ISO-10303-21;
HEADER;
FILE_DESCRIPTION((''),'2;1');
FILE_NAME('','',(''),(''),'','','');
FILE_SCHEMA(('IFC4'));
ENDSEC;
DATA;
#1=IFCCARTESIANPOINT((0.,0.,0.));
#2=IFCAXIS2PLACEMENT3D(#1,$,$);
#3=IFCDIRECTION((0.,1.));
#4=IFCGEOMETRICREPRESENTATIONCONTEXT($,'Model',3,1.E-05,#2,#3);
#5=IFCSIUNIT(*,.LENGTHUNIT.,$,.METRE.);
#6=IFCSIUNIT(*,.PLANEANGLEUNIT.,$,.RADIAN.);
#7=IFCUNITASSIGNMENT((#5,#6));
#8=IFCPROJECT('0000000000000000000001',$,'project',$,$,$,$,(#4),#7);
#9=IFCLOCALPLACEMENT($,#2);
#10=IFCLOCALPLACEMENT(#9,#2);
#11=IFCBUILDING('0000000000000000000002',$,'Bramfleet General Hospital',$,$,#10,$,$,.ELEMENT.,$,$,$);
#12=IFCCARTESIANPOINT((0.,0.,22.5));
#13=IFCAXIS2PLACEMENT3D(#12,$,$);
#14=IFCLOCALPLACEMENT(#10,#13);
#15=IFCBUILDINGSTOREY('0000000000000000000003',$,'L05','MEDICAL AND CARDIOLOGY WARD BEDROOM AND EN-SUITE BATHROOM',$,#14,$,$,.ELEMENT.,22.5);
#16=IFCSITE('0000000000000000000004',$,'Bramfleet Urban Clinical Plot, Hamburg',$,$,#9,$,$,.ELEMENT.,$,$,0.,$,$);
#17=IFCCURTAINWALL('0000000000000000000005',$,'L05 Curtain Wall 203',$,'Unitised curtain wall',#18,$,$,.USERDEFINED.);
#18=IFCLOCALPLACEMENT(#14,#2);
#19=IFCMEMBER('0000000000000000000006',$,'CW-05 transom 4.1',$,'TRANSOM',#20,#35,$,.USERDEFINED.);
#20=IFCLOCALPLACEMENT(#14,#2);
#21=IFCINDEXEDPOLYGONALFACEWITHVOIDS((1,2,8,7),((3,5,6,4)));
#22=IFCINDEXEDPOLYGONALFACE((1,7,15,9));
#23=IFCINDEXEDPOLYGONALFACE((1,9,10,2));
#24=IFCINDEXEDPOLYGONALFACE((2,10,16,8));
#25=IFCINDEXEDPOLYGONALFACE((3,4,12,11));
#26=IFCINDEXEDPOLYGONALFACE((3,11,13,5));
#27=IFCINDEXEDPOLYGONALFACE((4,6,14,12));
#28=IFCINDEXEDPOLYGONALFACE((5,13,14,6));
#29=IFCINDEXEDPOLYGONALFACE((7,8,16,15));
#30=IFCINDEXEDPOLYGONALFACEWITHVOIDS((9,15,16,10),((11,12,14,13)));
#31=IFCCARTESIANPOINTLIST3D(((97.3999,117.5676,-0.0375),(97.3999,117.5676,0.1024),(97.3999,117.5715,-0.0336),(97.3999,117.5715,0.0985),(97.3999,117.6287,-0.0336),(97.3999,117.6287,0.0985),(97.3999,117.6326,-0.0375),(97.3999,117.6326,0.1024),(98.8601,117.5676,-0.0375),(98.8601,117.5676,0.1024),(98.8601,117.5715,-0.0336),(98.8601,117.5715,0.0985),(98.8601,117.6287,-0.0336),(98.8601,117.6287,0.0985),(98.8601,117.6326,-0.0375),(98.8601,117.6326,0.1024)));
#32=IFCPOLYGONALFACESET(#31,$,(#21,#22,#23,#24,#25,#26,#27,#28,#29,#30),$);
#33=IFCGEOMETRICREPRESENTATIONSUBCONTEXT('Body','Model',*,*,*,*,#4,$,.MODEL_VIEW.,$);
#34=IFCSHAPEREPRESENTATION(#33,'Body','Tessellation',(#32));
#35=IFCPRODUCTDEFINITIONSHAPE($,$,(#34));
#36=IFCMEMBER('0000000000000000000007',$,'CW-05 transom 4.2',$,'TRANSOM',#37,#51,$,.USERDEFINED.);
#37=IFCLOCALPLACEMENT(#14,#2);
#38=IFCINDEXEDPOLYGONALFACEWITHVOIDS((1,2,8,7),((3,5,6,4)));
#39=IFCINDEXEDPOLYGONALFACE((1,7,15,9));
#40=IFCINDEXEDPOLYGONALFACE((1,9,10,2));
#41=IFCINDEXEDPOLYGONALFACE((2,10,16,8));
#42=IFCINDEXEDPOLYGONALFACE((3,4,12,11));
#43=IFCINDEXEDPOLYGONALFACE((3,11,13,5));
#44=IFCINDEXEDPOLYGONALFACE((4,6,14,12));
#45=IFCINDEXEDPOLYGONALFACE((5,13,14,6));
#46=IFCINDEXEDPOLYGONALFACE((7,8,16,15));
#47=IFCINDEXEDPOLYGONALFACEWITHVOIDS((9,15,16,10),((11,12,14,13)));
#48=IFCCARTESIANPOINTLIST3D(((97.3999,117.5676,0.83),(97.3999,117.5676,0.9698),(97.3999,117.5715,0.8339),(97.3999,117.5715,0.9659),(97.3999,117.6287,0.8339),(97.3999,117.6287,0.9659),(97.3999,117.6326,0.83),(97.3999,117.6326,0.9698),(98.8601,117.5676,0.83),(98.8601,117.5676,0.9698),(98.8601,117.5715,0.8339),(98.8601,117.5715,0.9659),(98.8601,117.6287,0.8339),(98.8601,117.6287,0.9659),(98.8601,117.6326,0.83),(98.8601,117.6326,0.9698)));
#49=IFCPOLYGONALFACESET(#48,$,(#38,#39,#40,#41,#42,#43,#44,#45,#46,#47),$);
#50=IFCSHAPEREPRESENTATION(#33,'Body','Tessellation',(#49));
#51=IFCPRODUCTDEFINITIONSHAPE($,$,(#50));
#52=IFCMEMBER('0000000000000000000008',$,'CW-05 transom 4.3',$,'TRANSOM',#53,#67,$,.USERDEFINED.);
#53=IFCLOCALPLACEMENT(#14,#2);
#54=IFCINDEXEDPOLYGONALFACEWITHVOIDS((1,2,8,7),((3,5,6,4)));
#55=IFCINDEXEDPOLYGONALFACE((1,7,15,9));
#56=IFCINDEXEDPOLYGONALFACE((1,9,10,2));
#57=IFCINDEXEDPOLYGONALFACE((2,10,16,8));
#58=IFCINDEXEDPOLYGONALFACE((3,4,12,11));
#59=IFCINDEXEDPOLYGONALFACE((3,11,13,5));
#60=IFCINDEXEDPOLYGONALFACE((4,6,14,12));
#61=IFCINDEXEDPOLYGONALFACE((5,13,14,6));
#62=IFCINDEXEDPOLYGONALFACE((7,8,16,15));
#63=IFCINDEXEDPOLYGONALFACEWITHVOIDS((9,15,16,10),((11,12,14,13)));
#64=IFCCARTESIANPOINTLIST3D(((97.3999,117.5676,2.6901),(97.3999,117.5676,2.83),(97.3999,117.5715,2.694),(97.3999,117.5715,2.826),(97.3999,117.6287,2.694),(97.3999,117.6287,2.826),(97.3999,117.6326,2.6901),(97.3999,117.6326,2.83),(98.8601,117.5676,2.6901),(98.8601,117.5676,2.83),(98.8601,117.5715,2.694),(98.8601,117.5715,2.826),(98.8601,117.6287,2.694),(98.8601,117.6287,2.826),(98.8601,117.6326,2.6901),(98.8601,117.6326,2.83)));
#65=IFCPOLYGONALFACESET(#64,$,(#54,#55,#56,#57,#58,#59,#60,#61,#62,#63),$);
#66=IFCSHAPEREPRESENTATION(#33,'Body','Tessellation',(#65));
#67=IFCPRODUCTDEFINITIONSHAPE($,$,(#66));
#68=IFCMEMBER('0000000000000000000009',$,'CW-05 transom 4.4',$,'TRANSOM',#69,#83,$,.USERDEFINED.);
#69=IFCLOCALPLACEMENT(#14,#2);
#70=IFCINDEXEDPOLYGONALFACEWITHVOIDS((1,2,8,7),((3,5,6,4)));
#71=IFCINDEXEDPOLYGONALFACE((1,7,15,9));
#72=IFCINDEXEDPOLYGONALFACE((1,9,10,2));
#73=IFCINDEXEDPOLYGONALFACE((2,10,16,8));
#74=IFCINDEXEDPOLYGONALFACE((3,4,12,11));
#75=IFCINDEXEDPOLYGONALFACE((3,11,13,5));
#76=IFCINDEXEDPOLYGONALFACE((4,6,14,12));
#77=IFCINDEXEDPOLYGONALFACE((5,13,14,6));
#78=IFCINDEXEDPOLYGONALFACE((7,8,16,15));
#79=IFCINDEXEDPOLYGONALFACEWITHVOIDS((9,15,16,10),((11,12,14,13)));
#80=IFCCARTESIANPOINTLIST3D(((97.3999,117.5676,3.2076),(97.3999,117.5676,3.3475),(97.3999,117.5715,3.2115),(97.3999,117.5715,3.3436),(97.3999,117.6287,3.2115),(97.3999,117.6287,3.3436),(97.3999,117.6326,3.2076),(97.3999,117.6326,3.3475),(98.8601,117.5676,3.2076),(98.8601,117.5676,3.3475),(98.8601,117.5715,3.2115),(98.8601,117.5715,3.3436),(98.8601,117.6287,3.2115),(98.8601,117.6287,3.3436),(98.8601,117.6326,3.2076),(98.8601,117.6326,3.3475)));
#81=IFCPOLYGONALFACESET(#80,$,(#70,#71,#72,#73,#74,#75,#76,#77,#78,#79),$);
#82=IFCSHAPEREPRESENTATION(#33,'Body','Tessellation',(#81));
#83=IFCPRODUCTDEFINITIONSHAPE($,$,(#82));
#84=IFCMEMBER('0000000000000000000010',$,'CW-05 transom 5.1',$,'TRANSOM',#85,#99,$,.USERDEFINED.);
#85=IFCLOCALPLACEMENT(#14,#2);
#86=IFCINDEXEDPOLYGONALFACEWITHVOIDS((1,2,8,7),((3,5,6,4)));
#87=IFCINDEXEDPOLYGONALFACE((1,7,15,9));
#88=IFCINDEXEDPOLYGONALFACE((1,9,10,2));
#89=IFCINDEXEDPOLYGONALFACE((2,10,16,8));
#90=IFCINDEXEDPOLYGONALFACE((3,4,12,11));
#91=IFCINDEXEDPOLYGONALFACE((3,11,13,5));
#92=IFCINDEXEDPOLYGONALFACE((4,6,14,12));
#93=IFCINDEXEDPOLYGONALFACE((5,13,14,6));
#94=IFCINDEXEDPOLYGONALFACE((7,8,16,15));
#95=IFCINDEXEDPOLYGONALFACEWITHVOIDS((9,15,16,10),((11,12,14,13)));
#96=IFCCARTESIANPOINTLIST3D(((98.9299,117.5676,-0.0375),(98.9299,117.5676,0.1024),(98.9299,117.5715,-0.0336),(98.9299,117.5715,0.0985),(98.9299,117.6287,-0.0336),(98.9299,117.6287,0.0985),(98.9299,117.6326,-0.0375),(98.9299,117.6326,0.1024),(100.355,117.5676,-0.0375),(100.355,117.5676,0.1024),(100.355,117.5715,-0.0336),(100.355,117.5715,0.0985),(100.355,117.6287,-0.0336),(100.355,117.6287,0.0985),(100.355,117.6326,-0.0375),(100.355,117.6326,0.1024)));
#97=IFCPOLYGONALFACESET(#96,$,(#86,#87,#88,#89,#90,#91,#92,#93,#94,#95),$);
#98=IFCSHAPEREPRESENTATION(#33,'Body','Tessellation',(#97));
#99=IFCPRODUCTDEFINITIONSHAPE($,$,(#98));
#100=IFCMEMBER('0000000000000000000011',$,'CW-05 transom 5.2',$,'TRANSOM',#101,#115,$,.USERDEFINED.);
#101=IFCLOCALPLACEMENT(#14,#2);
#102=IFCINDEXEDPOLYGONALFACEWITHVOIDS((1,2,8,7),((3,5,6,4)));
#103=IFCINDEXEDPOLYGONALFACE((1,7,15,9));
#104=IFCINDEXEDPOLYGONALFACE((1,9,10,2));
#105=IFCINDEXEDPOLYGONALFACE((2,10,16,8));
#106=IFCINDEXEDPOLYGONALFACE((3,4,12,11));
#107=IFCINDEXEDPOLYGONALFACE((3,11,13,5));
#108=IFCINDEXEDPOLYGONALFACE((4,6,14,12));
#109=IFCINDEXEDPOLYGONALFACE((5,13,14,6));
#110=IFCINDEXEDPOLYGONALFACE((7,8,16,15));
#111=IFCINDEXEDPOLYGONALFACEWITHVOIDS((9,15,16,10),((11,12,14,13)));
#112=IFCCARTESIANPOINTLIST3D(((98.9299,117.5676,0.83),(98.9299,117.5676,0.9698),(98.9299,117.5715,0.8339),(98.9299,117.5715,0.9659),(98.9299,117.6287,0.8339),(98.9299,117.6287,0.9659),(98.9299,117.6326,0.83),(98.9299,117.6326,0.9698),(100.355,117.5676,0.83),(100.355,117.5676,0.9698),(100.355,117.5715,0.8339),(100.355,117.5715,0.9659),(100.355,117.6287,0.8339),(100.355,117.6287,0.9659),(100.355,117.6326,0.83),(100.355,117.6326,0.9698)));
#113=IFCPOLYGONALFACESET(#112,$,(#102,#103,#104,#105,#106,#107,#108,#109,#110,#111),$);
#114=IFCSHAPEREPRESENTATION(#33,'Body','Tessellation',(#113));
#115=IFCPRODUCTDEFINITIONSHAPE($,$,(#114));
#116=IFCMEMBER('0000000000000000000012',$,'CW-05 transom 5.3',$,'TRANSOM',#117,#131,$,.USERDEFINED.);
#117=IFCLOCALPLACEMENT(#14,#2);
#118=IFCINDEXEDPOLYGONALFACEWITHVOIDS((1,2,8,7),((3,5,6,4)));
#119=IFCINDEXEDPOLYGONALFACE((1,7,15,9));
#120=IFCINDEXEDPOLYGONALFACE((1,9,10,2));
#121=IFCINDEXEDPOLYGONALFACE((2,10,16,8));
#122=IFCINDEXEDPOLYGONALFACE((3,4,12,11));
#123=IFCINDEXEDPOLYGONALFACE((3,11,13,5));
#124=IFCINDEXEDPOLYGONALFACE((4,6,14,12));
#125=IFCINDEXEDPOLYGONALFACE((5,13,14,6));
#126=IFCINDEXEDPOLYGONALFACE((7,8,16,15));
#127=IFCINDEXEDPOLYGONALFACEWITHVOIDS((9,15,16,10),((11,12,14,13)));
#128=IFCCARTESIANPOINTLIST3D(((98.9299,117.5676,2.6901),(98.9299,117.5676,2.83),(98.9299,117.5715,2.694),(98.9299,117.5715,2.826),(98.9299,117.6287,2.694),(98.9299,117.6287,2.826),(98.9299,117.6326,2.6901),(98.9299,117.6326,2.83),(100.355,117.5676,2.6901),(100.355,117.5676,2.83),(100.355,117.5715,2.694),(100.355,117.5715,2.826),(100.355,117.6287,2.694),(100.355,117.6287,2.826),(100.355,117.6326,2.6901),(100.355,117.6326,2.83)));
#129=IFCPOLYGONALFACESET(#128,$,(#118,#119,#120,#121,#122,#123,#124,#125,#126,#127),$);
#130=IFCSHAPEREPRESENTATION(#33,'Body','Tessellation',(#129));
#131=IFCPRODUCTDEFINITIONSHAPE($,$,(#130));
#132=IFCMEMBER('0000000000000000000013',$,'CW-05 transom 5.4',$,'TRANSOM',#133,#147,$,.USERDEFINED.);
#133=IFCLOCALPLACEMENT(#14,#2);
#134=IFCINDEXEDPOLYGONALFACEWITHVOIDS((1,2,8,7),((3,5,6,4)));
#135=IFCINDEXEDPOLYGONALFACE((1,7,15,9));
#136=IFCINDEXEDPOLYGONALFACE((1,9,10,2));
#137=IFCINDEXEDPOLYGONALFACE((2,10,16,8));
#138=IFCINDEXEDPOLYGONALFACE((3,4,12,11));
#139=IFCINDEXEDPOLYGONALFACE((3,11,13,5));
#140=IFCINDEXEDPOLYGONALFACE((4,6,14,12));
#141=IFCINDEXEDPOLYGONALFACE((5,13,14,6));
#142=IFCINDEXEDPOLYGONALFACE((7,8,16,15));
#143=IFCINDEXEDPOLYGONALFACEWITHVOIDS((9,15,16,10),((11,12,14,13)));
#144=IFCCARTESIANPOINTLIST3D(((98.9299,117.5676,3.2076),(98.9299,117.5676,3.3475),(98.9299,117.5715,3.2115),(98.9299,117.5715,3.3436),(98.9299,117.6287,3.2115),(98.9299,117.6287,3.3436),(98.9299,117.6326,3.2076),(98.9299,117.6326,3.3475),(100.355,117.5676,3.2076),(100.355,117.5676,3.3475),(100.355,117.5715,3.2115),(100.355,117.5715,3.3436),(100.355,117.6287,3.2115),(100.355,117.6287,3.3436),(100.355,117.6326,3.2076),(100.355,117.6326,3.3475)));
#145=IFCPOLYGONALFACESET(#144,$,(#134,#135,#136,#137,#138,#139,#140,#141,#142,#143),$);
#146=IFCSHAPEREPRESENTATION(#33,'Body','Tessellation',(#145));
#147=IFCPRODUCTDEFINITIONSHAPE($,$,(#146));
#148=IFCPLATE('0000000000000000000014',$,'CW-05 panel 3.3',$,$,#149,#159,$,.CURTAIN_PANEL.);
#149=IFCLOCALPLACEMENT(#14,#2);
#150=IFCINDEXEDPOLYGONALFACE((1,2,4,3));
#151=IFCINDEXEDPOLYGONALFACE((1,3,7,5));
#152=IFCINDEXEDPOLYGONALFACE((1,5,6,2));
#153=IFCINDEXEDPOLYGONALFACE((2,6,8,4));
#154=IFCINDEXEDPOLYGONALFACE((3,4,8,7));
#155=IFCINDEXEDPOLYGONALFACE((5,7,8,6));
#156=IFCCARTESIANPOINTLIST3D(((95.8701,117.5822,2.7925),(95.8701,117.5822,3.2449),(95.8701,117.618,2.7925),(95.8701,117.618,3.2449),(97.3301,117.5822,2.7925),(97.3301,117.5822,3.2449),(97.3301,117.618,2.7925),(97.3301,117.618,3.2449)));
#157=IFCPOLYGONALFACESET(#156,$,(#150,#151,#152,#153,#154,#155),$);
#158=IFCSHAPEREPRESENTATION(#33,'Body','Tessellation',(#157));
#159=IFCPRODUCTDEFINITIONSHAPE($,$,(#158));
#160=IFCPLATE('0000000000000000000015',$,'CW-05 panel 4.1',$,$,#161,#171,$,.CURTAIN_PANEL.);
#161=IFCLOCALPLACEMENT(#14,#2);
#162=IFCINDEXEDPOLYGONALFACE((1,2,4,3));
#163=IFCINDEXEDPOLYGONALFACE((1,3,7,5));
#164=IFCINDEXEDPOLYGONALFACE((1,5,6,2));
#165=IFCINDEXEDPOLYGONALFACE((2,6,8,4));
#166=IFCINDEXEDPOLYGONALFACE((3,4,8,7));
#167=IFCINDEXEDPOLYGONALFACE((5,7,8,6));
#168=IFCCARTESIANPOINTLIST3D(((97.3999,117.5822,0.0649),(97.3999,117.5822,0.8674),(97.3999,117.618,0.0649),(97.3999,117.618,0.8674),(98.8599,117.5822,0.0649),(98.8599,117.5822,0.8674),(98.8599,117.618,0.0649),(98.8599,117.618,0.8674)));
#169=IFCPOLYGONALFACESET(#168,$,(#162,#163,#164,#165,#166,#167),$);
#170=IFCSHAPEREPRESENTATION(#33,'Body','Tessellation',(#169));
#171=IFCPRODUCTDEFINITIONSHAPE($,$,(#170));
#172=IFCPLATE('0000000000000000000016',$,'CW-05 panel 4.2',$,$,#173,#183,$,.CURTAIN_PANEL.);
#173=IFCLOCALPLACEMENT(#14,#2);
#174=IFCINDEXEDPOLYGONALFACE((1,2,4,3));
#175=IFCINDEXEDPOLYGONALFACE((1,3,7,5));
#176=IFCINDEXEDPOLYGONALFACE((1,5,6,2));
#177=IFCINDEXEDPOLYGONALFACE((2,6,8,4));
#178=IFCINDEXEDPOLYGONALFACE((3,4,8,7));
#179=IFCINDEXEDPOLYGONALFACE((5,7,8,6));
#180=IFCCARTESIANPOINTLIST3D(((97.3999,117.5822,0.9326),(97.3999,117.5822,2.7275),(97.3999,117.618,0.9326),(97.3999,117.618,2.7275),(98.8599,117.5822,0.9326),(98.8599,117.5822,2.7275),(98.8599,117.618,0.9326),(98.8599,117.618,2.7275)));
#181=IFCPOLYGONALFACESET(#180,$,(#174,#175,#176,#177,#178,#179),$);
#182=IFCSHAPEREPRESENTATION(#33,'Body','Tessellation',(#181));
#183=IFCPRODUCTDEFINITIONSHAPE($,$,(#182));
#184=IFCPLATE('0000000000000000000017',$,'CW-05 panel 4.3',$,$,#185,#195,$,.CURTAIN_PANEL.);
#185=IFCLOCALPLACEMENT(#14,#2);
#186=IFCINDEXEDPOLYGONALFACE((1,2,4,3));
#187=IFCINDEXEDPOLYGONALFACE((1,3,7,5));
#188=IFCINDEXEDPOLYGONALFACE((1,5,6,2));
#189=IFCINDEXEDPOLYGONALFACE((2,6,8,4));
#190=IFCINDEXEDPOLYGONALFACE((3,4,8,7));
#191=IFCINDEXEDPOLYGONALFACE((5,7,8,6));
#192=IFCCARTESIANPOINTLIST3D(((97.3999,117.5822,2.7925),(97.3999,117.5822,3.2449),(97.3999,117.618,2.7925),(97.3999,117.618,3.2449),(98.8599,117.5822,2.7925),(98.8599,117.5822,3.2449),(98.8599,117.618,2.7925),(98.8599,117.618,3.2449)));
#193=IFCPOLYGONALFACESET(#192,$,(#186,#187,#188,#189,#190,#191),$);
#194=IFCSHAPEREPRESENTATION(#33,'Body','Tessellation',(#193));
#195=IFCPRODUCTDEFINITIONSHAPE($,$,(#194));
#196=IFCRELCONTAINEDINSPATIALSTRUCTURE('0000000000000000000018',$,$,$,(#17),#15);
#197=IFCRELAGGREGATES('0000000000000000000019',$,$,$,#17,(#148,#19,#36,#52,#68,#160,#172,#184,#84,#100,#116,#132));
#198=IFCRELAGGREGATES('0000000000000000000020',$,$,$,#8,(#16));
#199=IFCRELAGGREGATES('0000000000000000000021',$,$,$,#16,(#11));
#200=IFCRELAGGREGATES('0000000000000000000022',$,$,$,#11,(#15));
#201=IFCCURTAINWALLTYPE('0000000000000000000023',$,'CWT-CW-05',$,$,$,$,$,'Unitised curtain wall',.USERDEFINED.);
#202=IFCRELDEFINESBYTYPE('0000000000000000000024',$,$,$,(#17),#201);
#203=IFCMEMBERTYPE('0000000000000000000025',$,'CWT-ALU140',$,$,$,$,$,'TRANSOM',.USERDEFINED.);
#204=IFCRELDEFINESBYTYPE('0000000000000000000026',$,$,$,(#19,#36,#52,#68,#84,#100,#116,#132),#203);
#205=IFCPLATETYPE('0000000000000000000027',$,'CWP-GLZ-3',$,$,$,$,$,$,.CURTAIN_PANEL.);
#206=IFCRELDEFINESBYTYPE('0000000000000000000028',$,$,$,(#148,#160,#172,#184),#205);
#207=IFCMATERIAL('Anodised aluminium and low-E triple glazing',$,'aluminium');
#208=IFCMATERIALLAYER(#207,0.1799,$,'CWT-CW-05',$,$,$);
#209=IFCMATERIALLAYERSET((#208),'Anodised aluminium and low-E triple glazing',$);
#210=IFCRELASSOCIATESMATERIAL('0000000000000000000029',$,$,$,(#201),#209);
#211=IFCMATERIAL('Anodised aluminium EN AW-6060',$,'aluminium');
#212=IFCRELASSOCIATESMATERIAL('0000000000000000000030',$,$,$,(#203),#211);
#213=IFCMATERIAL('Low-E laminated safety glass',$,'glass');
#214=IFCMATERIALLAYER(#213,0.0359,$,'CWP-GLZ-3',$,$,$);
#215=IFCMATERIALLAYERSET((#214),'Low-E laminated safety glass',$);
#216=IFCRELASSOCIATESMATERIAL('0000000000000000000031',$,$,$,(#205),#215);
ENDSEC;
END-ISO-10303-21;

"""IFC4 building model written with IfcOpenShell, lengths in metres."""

from ifc_helpers import new_model, si_unit, direction, frame, origin, origin_2d, place, context, subcontext, project, spatial, rectangle, hollow_rectangle, extrude, material, layer, layer_set, material_profile, profile_set, type_object, element, aggregate, save


model = new_model("IFC4")

# Units and contexts
model_context = context("Model", 3, precision=1e-05, world=origin(), true_north=direction((0.0, 1.0)))
body_context = subcontext(model_context, "Body", "Model", "MODEL_VIEW")
ifc_project = project(units=[si_unit("LENGTHUNIT", "METRE"), si_unit("PLANEANGLEUNIT", "RADIAN")], contexts=[model_context])

# Site, building, storey
site_placement = place(None, origin())
site = spatial("IfcSite", under=ifc_project, at=site_placement, Name="Bramfleet Urban Clinical Plot, Hamburg", CompositionType="ELEMENT", RefElevation=0.0)
building_placement = place(site_placement, origin())
building = spatial("IfcBuilding", under=site, at=building_placement, Name="Bramfleet General Hospital", CompositionType="ELEMENT")
storey_placement = place(building_placement, frame((0.0, 0.0, 22.5)))
storey = spatial("IfcBuildingStorey", under=building, at=storey_placement, Name="L05", Description="MEDICAL AND CARDIOLOGY WARD BEDROOM AND EN-SUITE BATHROOM", CompositionType="ELEMENT", Elevation=22.5)

# Curtain wall, members, plates
ifc_material_1 = material(Name="Anodised aluminium and low-E triple glazing", Category="aluminium")
ifc_layer_1 = layer(ifc_material_1, 0.1799, Name="CWT-CW-05")
ifc_layer_set_1 = layer_set([ifc_layer_1], Name="Anodised aluminium and low-E triple glazing")
curtain_wall_type = type_object("IfcCurtainWallType", Name="CWT-CW-05", ElementType="Unitised curtain wall", PredefinedType="USERDEFINED", material=ifc_layer_set_1)
curtain_wall_placement = place(storey_placement, origin())
curtain_wall = element("IfcCurtainWall", 1, at=curtain_wall_placement, inside=storey, type_object=curtain_wall_type, Name="L05 Curtain Wall 203", ObjectType="Unitised curtain wall", PredefinedType="USERDEFINED")
ifc_material_2 = material(Name="Anodised aluminium EN AW-6060", Category="aluminium")
ifc_material_profile_1 = material_profile(ifc_material_2, hollow_rectangle(XDim=0.0649, YDim=0.1399, WallThickness=0.0039, at=origin_2d()), Name="ALU 140x65x4.0")
ifc_profile_set_1 = profile_set([ifc_material_profile_1], Name="Anodised aluminium EN AW-6060")
member_type_1 = type_object("IfcMemberType", Name="CWT-ALU140", ElementType="TRANSOM", PredefinedType="USERDEFINED", material=ifc_profile_set_1)
member_1_placement = place(storey_placement, frame((97.3999, 117.6001, 0.0325), z_axis=(1.0, 0.0, 0.0), x_axis=(0.0, 1.0, 0.0)))
member_1 = element("IfcMember", 2, at=member_1_placement, type_object=member_type_1, Name="CW-05 transom 4.1", ObjectType="TRANSOM", PredefinedType="USERDEFINED", context=body_context, shape_type="SweptSolid", body=[
    extrude(hollow_rectangle(XDim=0.0649, YDim=0.1399, WallThickness=0.0039, at=origin_2d()), origin(), (0.0, 0.0, 1.0), 1.4602),
])
member_2_placement = place(storey_placement, frame((97.3999, 117.6001, 0.8999), z_axis=(1.0, 0.0, 0.0), x_axis=(0.0, 1.0, 0.0)))
member_2 = element("IfcMember", 3, at=member_2_placement, type_object=member_type_1, Name="CW-05 transom 4.2", ObjectType="TRANSOM", PredefinedType="USERDEFINED", context=body_context, shape_type="SweptSolid", body=[
    extrude(hollow_rectangle(XDim=0.0649, YDim=0.1399, WallThickness=0.0039, at=origin_2d()), origin(), (0.0, 0.0, 1.0), 1.4602),
])
member_3_placement = place(storey_placement, frame((97.3999, 117.6001, 2.76), z_axis=(1.0, 0.0, 0.0), x_axis=(0.0, 1.0, 0.0)))
member_3 = element("IfcMember", 4, at=member_3_placement, type_object=member_type_1, Name="CW-05 transom 4.3", ObjectType="TRANSOM", PredefinedType="USERDEFINED", context=body_context, shape_type="SweptSolid", body=[
    extrude(hollow_rectangle(XDim=0.0649, YDim=0.1399, WallThickness=0.0039, at=origin_2d()), origin(), (0.0, 0.0, 1.0), 1.4602),
])
member_4_placement = place(storey_placement, frame((97.3999, 117.6001, 3.2776), z_axis=(1.0, 0.0, 0.0), x_axis=(0.0, 1.0, 0.0)))
member_4 = element("IfcMember", 5, at=member_4_placement, type_object=member_type_1, Name="CW-05 transom 4.4", ObjectType="TRANSOM", PredefinedType="USERDEFINED", context=body_context, shape_type="SweptSolid", body=[
    extrude(hollow_rectangle(XDim=0.0649, YDim=0.1399, WallThickness=0.0039, at=origin_2d()), origin(), (0.0, 0.0, 1.0), 1.4602),
])
member_5_placement = place(storey_placement, frame((98.9299, 117.6001, 0.0325), z_axis=(1.0, 0.0, 0.0), x_axis=(0.0, 1.0, 0.0)))
member_5 = element("IfcMember", 6, at=member_5_placement, type_object=member_type_1, Name="CW-05 transom 5.1", ObjectType="TRANSOM", PredefinedType="USERDEFINED", context=body_context, shape_type="SweptSolid", body=[
    extrude(hollow_rectangle(XDim=0.0649, YDim=0.1399, WallThickness=0.0039, at=origin_2d()), origin(), (0.0, 0.0, 1.0), 1.425),
])
member_6_placement = place(storey_placement, frame((98.9299, 117.6001, 0.8999), z_axis=(1.0, 0.0, 0.0), x_axis=(0.0, 1.0, 0.0)))
member_6 = element("IfcMember", 7, at=member_6_placement, type_object=member_type_1, Name="CW-05 transom 5.2", ObjectType="TRANSOM", PredefinedType="USERDEFINED", context=body_context, shape_type="SweptSolid", body=[
    extrude(hollow_rectangle(XDim=0.0649, YDim=0.1399, WallThickness=0.0039, at=origin_2d()), origin(), (0.0, 0.0, 1.0), 1.425),
])
member_7_placement = place(storey_placement, frame((98.9299, 117.6001, 2.76), z_axis=(1.0, 0.0, 0.0), x_axis=(0.0, 1.0, 0.0)))
member_7 = element("IfcMember", 8, at=member_7_placement, type_object=member_type_1, Name="CW-05 transom 5.3", ObjectType="TRANSOM", PredefinedType="USERDEFINED", context=body_context, shape_type="SweptSolid", body=[
    extrude(hollow_rectangle(XDim=0.0649, YDim=0.1399, WallThickness=0.0039, at=origin_2d()), origin(), (0.0, 0.0, 1.0), 1.425),
])
member_8_placement = place(storey_placement, frame((98.9299, 117.6001, 3.2776), z_axis=(1.0, 0.0, 0.0), x_axis=(0.0, 1.0, 0.0)))
member_8 = element("IfcMember", 9, at=member_8_placement, type_object=member_type_1, Name="CW-05 transom 5.4", ObjectType="TRANSOM", PredefinedType="USERDEFINED", context=body_context, shape_type="SweptSolid", body=[
    extrude(hollow_rectangle(XDim=0.0649, YDim=0.1399, WallThickness=0.0039, at=origin_2d()), origin(), (0.0, 0.0, 1.0), 1.425),
])
ifc_material_3 = material(Name="Low-E laminated safety glass", Category="glass")
ifc_layer_2 = layer(ifc_material_3, 0.0359, Name="CWP-GLZ-3")
ifc_layer_set_2 = layer_set([ifc_layer_2], Name="Low-E laminated safety glass")
plate_type = type_object("IfcPlateType", Name="CWP-GLZ-3", PredefinedType="CURTAIN_PANEL", material=ifc_layer_set_2)
plate_1_placement = place(storey_placement, frame((96.6001, 117.6001, 2.7925), z_axis=(0.0, 0.0, 1.0), x_axis=(1.0, 0.0, 0.0)))
plate_1 = element("IfcPlate", 10, at=plate_1_placement, type_object=plate_type, Name="CW-05 panel 3.3", PredefinedType="CURTAIN_PANEL", context=body_context, shape_type="SweptSolid", body=[
    extrude(rectangle(XDim=1.46, YDim=0.0359, at=origin_2d()), origin(), (0.0, 0.0, 1.0), 0.4524),
])
plate_2_placement = place(storey_placement, frame((98.1299, 117.6001, 0.0649), z_axis=(0.0, 0.0, 1.0), x_axis=(1.0, 0.0, 0.0)))
plate_2 = element("IfcPlate", 11, at=plate_2_placement, type_object=plate_type, Name="CW-05 panel 4.1", PredefinedType="CURTAIN_PANEL", context=body_context, shape_type="SweptSolid", body=[
    extrude(rectangle(XDim=1.46, YDim=0.0359, at=origin_2d()), origin(), (0.0, 0.0, 1.0), 0.8025),
])
plate_3_placement = place(storey_placement, frame((98.1299, 117.6001, 0.9326), z_axis=(0.0, 0.0, 1.0), x_axis=(1.0, 0.0, 0.0)))
plate_3 = element("IfcPlate", 12, at=plate_3_placement, type_object=plate_type, Name="CW-05 panel 4.2", PredefinedType="CURTAIN_PANEL", context=body_context, shape_type="SweptSolid", body=[
    extrude(rectangle(XDim=1.46, YDim=0.0359, at=origin_2d()), origin(), (0.0, 0.0, 1.0), 1.7949),
])
plate_4_placement = place(storey_placement, frame((98.1299, 117.6001, 2.7925), z_axis=(0.0, 0.0, 1.0), x_axis=(1.0, 0.0, 0.0)))
plate_4 = element("IfcPlate", 13, at=plate_4_placement, type_object=plate_type, Name="CW-05 panel 4.3", PredefinedType="CURTAIN_PANEL", context=body_context, shape_type="SweptSolid", body=[
    extrude(rectangle(XDim=1.46, YDim=0.0359, at=origin_2d()), origin(), (0.0, 0.0, 1.0), 0.4524),
])
aggregate(curtain_wall, [plate_1, member_1, member_2, member_3, member_4, plate_2, plate_3, plate_4, member_5, member_6, member_7, member_8])

save(model, "model.ifc")
